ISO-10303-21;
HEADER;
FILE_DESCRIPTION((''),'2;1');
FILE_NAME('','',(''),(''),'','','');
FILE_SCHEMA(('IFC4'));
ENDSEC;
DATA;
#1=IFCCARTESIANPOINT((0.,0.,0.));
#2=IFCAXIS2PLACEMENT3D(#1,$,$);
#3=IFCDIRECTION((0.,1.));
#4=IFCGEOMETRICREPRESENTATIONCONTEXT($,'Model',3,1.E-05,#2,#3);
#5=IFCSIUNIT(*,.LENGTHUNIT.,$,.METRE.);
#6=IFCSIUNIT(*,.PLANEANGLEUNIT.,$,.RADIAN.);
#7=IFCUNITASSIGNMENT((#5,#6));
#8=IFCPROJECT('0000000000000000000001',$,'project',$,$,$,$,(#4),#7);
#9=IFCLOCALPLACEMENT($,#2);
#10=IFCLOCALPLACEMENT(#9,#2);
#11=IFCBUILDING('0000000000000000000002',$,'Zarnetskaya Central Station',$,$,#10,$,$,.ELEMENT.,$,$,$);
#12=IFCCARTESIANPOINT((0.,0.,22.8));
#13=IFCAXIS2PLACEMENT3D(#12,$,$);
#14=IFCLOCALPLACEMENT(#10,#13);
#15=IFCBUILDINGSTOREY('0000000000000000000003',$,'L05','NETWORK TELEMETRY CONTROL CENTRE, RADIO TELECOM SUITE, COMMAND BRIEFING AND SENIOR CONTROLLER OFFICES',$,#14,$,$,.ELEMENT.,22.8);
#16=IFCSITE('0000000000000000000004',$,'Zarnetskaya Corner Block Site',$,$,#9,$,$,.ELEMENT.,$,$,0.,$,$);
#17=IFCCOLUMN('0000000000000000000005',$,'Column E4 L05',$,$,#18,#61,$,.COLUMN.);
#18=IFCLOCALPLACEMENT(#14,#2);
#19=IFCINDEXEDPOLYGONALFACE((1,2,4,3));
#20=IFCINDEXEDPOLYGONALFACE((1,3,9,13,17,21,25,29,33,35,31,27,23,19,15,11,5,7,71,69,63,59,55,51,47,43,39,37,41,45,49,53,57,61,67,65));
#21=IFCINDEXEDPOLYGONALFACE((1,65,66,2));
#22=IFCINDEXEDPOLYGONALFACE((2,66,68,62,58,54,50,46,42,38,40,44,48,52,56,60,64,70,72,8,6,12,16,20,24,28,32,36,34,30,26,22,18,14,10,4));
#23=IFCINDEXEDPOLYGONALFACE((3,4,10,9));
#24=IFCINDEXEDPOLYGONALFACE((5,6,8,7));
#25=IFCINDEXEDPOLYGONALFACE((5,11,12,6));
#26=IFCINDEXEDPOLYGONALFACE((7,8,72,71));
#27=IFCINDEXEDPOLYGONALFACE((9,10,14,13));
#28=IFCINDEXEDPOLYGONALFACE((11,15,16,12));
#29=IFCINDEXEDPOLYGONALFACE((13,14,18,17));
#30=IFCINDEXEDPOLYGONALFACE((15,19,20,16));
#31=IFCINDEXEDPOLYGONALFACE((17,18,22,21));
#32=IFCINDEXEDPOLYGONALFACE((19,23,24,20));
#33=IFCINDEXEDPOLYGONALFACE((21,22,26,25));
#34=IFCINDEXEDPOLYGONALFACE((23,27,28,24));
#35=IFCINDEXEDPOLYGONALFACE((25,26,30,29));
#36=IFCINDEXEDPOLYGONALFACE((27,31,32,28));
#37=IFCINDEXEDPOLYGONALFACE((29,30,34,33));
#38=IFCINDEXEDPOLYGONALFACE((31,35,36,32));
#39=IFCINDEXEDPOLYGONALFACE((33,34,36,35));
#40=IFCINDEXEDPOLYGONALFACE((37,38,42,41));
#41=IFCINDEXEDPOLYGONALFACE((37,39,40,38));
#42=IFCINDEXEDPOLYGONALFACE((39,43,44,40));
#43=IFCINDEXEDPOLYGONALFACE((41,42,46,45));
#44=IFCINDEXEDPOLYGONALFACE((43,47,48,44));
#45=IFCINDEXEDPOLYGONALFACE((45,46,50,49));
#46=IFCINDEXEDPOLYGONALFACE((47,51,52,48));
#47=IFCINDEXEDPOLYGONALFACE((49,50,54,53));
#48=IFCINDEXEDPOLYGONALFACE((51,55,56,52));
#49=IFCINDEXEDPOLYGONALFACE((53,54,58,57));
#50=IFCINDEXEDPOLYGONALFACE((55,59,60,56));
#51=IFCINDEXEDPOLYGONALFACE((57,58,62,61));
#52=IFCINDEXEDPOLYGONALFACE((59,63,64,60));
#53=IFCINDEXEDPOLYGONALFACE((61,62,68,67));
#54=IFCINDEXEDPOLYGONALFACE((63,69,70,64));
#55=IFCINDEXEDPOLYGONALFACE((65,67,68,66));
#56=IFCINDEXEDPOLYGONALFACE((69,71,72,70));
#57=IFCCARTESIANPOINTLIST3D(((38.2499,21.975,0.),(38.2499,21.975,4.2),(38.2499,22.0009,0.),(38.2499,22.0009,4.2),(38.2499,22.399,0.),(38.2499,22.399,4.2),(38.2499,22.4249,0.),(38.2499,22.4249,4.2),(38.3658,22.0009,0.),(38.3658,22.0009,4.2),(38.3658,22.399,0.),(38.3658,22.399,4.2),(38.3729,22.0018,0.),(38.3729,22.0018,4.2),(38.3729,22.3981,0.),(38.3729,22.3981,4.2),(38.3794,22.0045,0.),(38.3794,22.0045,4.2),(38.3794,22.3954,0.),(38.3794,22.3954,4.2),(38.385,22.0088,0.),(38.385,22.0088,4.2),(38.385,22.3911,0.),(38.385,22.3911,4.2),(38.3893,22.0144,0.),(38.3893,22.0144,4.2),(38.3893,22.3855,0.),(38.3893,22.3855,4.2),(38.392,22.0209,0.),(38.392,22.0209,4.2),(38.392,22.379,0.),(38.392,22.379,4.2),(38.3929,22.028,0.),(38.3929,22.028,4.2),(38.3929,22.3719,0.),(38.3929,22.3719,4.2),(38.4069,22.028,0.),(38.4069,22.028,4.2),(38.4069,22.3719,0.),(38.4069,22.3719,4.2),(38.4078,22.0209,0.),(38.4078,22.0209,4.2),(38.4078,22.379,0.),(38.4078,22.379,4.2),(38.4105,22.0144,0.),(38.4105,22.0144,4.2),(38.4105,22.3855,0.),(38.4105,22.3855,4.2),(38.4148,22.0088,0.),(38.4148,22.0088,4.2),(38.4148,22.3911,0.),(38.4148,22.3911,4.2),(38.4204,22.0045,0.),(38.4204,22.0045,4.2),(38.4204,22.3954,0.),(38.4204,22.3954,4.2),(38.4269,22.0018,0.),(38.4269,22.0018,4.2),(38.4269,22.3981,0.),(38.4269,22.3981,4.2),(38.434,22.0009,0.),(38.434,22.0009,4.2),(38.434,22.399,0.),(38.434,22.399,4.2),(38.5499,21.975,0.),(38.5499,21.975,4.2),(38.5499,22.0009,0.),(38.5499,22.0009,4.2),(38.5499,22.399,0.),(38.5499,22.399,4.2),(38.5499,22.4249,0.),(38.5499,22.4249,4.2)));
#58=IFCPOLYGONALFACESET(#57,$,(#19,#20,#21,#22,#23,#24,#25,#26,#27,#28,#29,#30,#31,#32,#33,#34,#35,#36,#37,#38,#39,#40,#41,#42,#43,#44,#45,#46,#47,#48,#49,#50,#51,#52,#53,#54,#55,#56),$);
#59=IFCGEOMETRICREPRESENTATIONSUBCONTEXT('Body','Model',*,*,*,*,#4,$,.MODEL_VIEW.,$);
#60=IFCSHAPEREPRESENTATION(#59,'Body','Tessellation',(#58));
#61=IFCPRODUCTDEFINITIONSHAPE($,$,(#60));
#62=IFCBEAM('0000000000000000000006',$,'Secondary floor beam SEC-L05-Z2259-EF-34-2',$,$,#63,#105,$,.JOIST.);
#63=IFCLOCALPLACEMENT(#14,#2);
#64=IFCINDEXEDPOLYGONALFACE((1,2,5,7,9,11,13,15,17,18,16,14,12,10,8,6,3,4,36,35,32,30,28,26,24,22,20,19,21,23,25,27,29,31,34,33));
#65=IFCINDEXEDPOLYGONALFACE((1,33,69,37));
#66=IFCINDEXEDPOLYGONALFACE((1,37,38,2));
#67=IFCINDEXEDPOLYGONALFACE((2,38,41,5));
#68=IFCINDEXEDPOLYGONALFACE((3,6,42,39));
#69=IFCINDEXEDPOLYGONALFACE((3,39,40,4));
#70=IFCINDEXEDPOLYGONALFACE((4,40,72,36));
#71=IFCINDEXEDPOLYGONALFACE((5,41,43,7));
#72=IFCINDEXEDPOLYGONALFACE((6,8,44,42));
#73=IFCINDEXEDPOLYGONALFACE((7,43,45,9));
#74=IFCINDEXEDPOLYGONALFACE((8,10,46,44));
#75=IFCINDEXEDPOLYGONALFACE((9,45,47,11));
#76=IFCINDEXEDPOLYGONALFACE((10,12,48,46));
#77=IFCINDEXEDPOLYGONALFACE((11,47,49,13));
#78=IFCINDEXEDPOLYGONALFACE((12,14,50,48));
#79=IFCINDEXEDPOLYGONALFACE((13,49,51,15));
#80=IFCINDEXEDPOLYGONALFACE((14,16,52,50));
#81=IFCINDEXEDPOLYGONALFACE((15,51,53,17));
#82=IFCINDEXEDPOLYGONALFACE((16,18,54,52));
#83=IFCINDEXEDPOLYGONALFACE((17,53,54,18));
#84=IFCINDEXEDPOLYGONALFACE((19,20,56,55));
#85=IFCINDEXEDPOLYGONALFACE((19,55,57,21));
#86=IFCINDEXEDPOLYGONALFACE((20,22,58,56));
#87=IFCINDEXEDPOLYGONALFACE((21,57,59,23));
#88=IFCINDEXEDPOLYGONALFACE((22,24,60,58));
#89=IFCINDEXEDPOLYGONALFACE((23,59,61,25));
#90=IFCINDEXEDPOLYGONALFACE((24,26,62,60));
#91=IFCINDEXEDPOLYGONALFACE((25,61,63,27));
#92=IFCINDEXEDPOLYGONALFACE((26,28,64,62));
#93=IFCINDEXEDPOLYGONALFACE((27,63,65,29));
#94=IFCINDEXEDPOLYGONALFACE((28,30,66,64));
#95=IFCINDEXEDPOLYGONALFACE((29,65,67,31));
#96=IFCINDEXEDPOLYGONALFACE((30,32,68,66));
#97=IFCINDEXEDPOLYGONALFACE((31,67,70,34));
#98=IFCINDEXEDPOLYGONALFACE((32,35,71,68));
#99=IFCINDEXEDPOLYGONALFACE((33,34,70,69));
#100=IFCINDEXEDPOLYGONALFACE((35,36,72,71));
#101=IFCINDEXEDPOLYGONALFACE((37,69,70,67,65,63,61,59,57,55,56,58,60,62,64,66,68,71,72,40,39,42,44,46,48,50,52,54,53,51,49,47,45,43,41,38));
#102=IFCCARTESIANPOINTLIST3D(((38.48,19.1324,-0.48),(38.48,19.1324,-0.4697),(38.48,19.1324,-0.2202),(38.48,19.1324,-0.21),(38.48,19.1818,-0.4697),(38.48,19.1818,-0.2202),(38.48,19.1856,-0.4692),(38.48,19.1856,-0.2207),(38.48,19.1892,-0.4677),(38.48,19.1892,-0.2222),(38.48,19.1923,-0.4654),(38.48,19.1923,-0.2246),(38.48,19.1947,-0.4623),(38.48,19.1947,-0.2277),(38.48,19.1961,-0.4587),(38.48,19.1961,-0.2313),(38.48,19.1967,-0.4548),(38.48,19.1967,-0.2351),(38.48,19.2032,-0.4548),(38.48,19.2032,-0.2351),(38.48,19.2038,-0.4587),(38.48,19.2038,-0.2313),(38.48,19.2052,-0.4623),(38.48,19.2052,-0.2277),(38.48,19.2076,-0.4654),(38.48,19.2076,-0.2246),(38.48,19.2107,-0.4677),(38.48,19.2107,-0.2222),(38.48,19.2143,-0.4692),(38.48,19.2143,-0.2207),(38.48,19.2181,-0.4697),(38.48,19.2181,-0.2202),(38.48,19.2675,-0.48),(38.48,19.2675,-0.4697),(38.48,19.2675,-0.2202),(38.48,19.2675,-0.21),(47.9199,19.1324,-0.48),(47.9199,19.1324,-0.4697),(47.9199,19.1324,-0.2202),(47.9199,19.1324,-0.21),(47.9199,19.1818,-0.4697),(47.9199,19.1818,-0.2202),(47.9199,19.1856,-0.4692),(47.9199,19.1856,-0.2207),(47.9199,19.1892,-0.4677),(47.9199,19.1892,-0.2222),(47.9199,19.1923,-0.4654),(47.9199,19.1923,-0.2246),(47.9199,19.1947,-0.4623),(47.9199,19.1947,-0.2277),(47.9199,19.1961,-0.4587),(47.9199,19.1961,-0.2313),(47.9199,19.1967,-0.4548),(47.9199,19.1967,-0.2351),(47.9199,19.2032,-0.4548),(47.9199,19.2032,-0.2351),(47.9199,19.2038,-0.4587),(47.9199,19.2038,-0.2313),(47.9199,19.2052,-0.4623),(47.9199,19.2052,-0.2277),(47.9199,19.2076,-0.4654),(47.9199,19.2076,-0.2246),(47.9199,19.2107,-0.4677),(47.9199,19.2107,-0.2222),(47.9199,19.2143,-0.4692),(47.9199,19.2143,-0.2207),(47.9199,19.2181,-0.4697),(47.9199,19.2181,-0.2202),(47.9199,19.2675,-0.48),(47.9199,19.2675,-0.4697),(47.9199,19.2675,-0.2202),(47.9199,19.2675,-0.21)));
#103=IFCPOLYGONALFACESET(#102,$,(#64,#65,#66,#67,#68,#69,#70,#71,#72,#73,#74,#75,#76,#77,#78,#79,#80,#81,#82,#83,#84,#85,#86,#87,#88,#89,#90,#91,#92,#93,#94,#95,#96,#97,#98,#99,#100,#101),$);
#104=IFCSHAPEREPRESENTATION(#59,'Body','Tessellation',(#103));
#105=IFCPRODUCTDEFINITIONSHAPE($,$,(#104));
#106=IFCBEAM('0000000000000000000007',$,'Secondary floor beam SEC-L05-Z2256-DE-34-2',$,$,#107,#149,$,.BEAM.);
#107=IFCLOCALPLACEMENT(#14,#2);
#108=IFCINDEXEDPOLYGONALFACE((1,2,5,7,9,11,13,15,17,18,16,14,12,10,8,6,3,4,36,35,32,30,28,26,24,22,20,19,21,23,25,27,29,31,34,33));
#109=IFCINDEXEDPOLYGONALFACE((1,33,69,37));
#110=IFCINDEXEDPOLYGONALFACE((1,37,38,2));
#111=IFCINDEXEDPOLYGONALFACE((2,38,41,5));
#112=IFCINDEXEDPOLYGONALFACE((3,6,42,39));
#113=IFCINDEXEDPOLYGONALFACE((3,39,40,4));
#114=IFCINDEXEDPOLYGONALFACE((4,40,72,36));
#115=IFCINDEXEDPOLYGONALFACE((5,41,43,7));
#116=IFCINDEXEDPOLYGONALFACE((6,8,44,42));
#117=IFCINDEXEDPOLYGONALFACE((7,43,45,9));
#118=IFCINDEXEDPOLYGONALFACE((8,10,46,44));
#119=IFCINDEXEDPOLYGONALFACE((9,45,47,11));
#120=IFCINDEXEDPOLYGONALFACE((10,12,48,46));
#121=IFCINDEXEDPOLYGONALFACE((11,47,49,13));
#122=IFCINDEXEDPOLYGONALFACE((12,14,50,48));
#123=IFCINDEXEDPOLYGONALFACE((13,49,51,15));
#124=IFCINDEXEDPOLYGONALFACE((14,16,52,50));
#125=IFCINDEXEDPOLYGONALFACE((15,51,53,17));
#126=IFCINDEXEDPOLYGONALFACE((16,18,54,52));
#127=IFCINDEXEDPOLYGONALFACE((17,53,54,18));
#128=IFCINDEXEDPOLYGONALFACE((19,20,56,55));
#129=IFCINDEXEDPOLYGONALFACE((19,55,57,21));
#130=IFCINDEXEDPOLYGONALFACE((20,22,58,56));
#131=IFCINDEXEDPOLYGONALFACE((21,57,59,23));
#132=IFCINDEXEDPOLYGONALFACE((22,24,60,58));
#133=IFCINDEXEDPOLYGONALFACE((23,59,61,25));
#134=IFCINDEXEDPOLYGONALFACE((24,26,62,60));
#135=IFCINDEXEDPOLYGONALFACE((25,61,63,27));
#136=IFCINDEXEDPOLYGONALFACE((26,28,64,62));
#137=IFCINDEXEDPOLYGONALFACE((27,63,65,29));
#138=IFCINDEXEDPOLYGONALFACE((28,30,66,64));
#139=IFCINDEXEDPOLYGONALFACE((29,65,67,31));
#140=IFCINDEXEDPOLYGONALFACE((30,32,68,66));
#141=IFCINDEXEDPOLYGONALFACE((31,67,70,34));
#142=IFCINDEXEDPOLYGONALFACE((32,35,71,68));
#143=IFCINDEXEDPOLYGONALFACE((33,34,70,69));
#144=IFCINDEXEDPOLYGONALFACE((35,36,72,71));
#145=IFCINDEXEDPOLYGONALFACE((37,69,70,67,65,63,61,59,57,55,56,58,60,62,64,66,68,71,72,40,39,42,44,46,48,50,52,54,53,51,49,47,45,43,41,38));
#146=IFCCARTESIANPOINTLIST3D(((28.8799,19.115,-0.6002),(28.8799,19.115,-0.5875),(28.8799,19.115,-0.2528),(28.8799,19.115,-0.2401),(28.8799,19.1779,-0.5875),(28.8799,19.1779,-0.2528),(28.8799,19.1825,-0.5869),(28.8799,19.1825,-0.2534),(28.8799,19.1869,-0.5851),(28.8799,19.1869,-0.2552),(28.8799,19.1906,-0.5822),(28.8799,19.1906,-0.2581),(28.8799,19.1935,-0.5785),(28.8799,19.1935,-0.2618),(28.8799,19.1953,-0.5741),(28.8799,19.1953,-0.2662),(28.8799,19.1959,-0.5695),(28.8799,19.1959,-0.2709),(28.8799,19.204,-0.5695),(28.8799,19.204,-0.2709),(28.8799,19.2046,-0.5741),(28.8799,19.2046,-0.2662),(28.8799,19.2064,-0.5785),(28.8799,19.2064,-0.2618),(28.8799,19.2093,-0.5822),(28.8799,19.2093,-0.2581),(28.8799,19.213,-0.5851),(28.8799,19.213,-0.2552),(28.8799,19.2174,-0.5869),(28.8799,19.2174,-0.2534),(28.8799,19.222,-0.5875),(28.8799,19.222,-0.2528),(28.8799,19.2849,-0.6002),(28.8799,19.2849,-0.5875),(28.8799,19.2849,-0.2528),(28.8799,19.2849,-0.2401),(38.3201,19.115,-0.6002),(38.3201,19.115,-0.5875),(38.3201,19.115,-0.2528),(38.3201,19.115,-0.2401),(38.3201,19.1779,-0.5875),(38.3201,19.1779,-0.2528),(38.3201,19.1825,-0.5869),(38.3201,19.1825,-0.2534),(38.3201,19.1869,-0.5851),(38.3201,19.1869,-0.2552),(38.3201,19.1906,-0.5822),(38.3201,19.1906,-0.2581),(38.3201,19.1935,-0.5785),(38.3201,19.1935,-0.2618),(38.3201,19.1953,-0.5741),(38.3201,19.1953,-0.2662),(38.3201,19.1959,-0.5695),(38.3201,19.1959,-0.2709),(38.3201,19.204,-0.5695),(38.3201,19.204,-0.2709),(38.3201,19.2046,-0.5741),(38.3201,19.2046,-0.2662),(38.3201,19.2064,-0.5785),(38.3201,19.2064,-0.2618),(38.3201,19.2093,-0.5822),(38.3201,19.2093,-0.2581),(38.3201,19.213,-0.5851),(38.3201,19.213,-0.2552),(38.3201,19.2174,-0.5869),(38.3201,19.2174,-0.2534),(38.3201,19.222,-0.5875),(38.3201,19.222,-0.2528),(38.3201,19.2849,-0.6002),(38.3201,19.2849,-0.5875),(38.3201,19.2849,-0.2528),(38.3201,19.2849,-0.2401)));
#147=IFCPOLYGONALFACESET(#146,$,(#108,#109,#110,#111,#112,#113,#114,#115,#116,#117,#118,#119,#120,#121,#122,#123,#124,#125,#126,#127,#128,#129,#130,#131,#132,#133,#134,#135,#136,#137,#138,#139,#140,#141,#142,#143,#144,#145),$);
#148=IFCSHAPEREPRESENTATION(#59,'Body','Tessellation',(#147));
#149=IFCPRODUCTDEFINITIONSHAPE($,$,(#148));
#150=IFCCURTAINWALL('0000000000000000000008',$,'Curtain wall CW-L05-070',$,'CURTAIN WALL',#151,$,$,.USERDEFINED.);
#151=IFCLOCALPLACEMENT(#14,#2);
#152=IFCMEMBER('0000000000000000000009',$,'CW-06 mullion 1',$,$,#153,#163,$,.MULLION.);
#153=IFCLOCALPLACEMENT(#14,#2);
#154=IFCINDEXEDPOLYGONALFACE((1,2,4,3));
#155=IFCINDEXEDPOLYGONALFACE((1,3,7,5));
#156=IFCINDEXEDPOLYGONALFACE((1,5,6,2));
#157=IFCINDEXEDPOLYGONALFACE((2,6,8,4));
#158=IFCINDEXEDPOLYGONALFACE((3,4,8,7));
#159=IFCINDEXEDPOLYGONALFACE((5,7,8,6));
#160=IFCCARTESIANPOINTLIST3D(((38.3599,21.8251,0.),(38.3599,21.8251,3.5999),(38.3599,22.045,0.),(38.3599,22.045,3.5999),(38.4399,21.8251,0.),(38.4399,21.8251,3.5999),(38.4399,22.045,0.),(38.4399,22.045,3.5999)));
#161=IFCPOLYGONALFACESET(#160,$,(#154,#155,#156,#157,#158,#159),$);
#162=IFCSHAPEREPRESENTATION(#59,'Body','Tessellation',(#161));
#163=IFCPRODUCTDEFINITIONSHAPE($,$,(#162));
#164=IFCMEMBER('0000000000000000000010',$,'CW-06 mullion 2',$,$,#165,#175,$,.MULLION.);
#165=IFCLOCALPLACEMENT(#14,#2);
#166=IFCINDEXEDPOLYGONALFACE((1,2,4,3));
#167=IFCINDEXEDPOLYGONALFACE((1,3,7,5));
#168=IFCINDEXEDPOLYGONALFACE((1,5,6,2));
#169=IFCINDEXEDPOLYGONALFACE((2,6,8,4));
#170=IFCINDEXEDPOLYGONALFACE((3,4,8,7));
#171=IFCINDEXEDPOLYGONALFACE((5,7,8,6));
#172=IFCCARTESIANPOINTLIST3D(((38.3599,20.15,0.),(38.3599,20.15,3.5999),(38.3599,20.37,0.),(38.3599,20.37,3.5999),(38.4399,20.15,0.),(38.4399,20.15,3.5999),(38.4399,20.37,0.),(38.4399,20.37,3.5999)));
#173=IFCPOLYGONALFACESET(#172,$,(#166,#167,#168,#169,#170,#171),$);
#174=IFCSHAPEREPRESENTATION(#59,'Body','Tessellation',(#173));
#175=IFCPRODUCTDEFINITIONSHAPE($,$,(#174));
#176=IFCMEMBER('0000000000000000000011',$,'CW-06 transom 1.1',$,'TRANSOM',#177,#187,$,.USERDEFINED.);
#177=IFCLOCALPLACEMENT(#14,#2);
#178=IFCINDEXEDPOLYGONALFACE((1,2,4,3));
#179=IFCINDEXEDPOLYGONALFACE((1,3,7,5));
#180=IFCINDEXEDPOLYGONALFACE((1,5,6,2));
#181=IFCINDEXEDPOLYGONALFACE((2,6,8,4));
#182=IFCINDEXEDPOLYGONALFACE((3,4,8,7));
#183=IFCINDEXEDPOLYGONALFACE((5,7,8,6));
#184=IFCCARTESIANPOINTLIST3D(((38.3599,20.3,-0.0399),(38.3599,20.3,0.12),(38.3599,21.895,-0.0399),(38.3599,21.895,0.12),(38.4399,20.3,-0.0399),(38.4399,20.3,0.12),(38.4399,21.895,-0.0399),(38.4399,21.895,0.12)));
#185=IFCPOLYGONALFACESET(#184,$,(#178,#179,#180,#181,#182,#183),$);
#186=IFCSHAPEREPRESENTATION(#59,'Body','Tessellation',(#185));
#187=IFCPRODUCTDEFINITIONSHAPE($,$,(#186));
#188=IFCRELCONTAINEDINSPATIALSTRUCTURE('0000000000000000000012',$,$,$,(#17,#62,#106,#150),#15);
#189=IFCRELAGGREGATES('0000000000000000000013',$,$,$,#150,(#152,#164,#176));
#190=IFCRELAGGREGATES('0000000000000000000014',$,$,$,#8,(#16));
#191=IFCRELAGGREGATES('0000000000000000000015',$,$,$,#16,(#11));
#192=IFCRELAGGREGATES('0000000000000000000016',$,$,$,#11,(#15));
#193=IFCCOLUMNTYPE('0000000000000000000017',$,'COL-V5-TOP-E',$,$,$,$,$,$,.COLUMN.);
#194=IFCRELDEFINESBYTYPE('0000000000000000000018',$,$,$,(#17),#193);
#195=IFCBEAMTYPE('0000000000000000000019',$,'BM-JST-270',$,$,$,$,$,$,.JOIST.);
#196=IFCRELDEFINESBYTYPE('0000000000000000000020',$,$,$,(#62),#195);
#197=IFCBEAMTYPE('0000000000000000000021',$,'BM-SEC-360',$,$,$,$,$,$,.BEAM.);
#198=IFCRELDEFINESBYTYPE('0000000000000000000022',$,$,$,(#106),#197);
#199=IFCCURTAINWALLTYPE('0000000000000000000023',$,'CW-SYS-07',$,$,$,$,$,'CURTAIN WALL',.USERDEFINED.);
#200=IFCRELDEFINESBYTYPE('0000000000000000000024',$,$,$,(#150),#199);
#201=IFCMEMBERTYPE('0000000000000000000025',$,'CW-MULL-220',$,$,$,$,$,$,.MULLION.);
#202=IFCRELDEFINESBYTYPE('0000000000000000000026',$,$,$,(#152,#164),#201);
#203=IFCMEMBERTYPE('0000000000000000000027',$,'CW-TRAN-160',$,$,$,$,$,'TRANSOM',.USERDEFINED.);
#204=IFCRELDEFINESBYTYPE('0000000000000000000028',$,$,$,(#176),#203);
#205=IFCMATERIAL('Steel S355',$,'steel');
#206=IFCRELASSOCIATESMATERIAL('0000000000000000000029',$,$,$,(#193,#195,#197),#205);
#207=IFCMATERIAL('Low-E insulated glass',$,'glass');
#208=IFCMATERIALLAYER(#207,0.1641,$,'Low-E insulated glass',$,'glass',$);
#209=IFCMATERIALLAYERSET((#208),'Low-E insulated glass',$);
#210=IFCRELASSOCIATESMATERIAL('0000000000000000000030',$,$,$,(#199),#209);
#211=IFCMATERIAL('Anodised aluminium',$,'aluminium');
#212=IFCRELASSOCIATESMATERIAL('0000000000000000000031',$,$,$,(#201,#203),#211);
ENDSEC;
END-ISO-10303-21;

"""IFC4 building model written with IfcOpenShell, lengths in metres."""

from ifc_helpers import new_model, si_unit, direction, frame, origin, origin_2d, place, context, subcontext, project, spatial, rectangle, i_section, extrude, material, layer, layer_set, material_profile, profile_set, type_object, element, aggregate, save


model = new_model("IFC4")

# Units and contexts
model_context = context("Model", 3, precision=1e-05, world=origin(), true_north=direction((0.0, 1.0)))
body_context = subcontext(model_context, "Body", "Model", "MODEL_VIEW")
ifc_project = project(units=[si_unit("LENGTHUNIT", "METRE"), si_unit("PLANEANGLEUNIT", "RADIAN")], contexts=[model_context])

# Site, building, storey
site_placement = place(None, origin())
site = spatial("IfcSite", under=ifc_project, at=site_placement, Name="Zarnetskaya Corner Block Site", CompositionType="ELEMENT", RefElevation=0.0)
building_placement = place(site_placement, origin())
building = spatial("IfcBuilding", under=site, at=building_placement, Name="Zarnetskaya Central Station", CompositionType="ELEMENT")
storey_placement = place(building_placement, frame((0.0, 0.0, 22.8)))
storey = spatial("IfcBuildingStorey", under=building, at=storey_placement, Name="L05", Description="NETWORK TELEMETRY CONTROL CENTRE, RADIO TELECOM SUITE, COMMAND BRIEFING AND SENIOR CONTROLLER OFFICES", CompositionType="ELEMENT", Elevation=22.8)

# Column
ifc_material_1 = material(Name="Steel S355", Category="steel")
ifc_material_profile_1 = material_profile(ifc_material_1, i_section(OverallWidth=0.3, OverallDepth=0.45, WebThickness=0.0139, FlangeThickness=0.0259, FilletRadius=0.0271, at=origin_2d()), Name="HEB 450")
ifc_profile_set_1 = profile_set([ifc_material_profile_1], Name="Steel S355")
column_type = type_object("IfcColumnType", Name="COL-V5-TOP-E", PredefinedType="COLUMN", material=ifc_profile_set_1)
column_placement = place(storey_placement, frame((38.3999, 22.2, 0.0), z_axis=(0.0, 0.0, 1.0), x_axis=(1.0, 0.0, 0.0)))
element("IfcColumn", 1, at=column_placement, inside=storey, type_object=column_type, Name="Column E4 L05", PredefinedType="COLUMN", context=body_context, shape_type="SweptSolid", body=[
    extrude(i_section(OverallWidth=0.3, OverallDepth=0.45, WebThickness=0.0139, FlangeThickness=0.0259, FilletRadius=0.0271, at=origin_2d()), origin(), (0.0, 0.0, 1.0), 4.2),
])

# Beams
ifc_material_profile_2 = material_profile(ifc_material_1, i_section(OverallWidth=0.135, OverallDepth=0.27, WebThickness=0.0066, FlangeThickness=0.0103, FilletRadius=0.0149, at=origin_2d()), Name="IPE 270")
ifc_profile_set_2 = profile_set([ifc_material_profile_2], Name="Steel S355")
beam_type_1 = type_object("IfcBeamType", Name="BM-JST-270", PredefinedType="JOIST", material=ifc_profile_set_2)
beam_1_placement = place(storey_placement, frame((38.48, 19.2, -0.345), z_axis=(1.0, 0.0, 0.0), x_axis=(0.0, 1.0, 0.0)))
element("IfcBeam", 2, at=beam_1_placement, inside=storey, type_object=beam_type_1, Name="Secondary floor beam SEC-L05-Z2259-EF-34-2", PredefinedType="JOIST", context=body_context, shape_type="SweptSolid", body=[
    extrude(i_section(OverallWidth=0.135, OverallDepth=0.27, WebThickness=0.0066, FlangeThickness=0.0103, FilletRadius=0.0149, at=origin_2d()), origin(), (0.0, 0.0, 1.0), 9.4399),
])
ifc_material_profile_3 = material_profile(ifc_material_1, i_section(OverallWidth=0.1699, OverallDepth=0.3601, WebThickness=0.0081, FlangeThickness=0.0127, FilletRadius=0.0181, at=origin_2d()), Name="IPE 360")
ifc_profile_set_3 = profile_set([ifc_material_profile_3], Name="Steel S355")
beam_type_2 = type_object("IfcBeamType", Name="BM-SEC-360", PredefinedType="BEAM", material=ifc_profile_set_3)
beam_2_placement = place(storey_placement, frame((28.8799, 19.2, -0.4202), z_axis=(1.0, 0.0, 0.0), x_axis=(0.0, 1.0, 0.0)))
element("IfcBeam", 3, at=beam_2_placement, inside=storey, type_object=beam_type_2, Name="Secondary floor beam SEC-L05-Z2256-DE-34-2", PredefinedType="BEAM", context=body_context, shape_type="SweptSolid", body=[
    extrude(i_section(OverallWidth=0.1699, OverallDepth=0.3601, WebThickness=0.0081, FlangeThickness=0.0127, FilletRadius=0.0181, at=origin_2d()), origin(), (0.0, 0.0, 1.0), 9.4402),
])

# Curtain wall, members
ifc_material_2 = material(Name="Low-E insulated glass", Category="glass")
ifc_layer_1 = layer(ifc_material_2, 0.1641, Name="Low-E insulated glass", Category="glass")
ifc_layer_set_1 = layer_set([ifc_layer_1], Name="Low-E insulated glass")
curtain_wall_type = type_object("IfcCurtainWallType", Name="CW-SYS-07", ElementType="CURTAIN WALL", PredefinedType="USERDEFINED", material=ifc_layer_set_1)
curtain_wall_placement = place(storey_placement, origin())
curtain_wall = element("IfcCurtainWall", 4, at=curtain_wall_placement, inside=storey, type_object=curtain_wall_type, Name="Curtain wall CW-L05-070", ObjectType="CURTAIN WALL", PredefinedType="USERDEFINED")
ifc_material_3 = material(Name="Anodised aluminium", Category="aluminium")
ifc_material_profile_4 = material_profile(ifc_material_3, rectangle(XDim=0.0801, YDim=0.22, at=origin_2d()), Name="ALU MULL 80x220")
ifc_profile_set_4 = profile_set([ifc_material_profile_4], Name="Anodised aluminium")
member_type_1 = type_object("IfcMemberType", Name="CW-MULL-220", PredefinedType="MULLION", material=ifc_profile_set_4)
member_1_placement = place(storey_placement, frame((38.3999, 21.9351, 0.0), z_axis=(0.0, 0.0, 1.0), x_axis=(1.0, 0.0, 0.0)))
member_1 = element("IfcMember", 5, at=member_1_placement, type_object=member_type_1, Name="CW-06 mullion 1", PredefinedType="MULLION", context=body_context, shape_type="SweptSolid", body=[
    extrude(rectangle(XDim=0.0801, YDim=0.22, at=origin_2d()), origin(), (0.0, 0.0, 1.0), 3.5999),
])
member_2_placement = place(storey_placement, frame((38.3999, 20.26, 0.0), z_axis=(0.0, 0.0, 1.0), x_axis=(1.0, 0.0, 0.0)))
member_2 = element("IfcMember", 6, at=member_2_placement, type_object=member_type_1, Name="CW-06 mullion 2", PredefinedType="MULLION", context=body_context, shape_type="SweptSolid", body=[
    extrude(rectangle(XDim=0.0801, YDim=0.22, at=origin_2d()), origin(), (0.0, 0.0, 1.0), 3.5999),
])
ifc_material_profile_5 = material_profile(ifc_material_3, rectangle(XDim=0.0801, YDim=0.1599, at=origin_2d()), Name="ALU TRAN 80x160")
ifc_profile_set_5 = profile_set([ifc_material_profile_5], Name="Anodised aluminium")
member_type_2 = type_object("IfcMemberType", Name="CW-TRAN-160", ElementType="TRANSOM", PredefinedType="USERDEFINED", material=ifc_profile_set_5)
member_3_placement = place(storey_placement, frame((38.3999, 21.895, 0.04), z_axis=(0.0, -1.0, 0.0), x_axis=(1.0, 0.0, 0.0)))
member_3 = element("IfcMember", 7, at=member_3_placement, type_object=member_type_2, Name="CW-06 transom 1.1", ObjectType="TRANSOM", PredefinedType="USERDEFINED", context=body_context, shape_type="SweptSolid", body=[
    extrude(rectangle(XDim=0.0801, YDim=0.1599, at=origin_2d()), origin(), (0.0, 0.0, 1.0), 1.595),
])

aggregate(curtain_wall, [member_1, member_2, member_3])

save(model, "model.ifc")
